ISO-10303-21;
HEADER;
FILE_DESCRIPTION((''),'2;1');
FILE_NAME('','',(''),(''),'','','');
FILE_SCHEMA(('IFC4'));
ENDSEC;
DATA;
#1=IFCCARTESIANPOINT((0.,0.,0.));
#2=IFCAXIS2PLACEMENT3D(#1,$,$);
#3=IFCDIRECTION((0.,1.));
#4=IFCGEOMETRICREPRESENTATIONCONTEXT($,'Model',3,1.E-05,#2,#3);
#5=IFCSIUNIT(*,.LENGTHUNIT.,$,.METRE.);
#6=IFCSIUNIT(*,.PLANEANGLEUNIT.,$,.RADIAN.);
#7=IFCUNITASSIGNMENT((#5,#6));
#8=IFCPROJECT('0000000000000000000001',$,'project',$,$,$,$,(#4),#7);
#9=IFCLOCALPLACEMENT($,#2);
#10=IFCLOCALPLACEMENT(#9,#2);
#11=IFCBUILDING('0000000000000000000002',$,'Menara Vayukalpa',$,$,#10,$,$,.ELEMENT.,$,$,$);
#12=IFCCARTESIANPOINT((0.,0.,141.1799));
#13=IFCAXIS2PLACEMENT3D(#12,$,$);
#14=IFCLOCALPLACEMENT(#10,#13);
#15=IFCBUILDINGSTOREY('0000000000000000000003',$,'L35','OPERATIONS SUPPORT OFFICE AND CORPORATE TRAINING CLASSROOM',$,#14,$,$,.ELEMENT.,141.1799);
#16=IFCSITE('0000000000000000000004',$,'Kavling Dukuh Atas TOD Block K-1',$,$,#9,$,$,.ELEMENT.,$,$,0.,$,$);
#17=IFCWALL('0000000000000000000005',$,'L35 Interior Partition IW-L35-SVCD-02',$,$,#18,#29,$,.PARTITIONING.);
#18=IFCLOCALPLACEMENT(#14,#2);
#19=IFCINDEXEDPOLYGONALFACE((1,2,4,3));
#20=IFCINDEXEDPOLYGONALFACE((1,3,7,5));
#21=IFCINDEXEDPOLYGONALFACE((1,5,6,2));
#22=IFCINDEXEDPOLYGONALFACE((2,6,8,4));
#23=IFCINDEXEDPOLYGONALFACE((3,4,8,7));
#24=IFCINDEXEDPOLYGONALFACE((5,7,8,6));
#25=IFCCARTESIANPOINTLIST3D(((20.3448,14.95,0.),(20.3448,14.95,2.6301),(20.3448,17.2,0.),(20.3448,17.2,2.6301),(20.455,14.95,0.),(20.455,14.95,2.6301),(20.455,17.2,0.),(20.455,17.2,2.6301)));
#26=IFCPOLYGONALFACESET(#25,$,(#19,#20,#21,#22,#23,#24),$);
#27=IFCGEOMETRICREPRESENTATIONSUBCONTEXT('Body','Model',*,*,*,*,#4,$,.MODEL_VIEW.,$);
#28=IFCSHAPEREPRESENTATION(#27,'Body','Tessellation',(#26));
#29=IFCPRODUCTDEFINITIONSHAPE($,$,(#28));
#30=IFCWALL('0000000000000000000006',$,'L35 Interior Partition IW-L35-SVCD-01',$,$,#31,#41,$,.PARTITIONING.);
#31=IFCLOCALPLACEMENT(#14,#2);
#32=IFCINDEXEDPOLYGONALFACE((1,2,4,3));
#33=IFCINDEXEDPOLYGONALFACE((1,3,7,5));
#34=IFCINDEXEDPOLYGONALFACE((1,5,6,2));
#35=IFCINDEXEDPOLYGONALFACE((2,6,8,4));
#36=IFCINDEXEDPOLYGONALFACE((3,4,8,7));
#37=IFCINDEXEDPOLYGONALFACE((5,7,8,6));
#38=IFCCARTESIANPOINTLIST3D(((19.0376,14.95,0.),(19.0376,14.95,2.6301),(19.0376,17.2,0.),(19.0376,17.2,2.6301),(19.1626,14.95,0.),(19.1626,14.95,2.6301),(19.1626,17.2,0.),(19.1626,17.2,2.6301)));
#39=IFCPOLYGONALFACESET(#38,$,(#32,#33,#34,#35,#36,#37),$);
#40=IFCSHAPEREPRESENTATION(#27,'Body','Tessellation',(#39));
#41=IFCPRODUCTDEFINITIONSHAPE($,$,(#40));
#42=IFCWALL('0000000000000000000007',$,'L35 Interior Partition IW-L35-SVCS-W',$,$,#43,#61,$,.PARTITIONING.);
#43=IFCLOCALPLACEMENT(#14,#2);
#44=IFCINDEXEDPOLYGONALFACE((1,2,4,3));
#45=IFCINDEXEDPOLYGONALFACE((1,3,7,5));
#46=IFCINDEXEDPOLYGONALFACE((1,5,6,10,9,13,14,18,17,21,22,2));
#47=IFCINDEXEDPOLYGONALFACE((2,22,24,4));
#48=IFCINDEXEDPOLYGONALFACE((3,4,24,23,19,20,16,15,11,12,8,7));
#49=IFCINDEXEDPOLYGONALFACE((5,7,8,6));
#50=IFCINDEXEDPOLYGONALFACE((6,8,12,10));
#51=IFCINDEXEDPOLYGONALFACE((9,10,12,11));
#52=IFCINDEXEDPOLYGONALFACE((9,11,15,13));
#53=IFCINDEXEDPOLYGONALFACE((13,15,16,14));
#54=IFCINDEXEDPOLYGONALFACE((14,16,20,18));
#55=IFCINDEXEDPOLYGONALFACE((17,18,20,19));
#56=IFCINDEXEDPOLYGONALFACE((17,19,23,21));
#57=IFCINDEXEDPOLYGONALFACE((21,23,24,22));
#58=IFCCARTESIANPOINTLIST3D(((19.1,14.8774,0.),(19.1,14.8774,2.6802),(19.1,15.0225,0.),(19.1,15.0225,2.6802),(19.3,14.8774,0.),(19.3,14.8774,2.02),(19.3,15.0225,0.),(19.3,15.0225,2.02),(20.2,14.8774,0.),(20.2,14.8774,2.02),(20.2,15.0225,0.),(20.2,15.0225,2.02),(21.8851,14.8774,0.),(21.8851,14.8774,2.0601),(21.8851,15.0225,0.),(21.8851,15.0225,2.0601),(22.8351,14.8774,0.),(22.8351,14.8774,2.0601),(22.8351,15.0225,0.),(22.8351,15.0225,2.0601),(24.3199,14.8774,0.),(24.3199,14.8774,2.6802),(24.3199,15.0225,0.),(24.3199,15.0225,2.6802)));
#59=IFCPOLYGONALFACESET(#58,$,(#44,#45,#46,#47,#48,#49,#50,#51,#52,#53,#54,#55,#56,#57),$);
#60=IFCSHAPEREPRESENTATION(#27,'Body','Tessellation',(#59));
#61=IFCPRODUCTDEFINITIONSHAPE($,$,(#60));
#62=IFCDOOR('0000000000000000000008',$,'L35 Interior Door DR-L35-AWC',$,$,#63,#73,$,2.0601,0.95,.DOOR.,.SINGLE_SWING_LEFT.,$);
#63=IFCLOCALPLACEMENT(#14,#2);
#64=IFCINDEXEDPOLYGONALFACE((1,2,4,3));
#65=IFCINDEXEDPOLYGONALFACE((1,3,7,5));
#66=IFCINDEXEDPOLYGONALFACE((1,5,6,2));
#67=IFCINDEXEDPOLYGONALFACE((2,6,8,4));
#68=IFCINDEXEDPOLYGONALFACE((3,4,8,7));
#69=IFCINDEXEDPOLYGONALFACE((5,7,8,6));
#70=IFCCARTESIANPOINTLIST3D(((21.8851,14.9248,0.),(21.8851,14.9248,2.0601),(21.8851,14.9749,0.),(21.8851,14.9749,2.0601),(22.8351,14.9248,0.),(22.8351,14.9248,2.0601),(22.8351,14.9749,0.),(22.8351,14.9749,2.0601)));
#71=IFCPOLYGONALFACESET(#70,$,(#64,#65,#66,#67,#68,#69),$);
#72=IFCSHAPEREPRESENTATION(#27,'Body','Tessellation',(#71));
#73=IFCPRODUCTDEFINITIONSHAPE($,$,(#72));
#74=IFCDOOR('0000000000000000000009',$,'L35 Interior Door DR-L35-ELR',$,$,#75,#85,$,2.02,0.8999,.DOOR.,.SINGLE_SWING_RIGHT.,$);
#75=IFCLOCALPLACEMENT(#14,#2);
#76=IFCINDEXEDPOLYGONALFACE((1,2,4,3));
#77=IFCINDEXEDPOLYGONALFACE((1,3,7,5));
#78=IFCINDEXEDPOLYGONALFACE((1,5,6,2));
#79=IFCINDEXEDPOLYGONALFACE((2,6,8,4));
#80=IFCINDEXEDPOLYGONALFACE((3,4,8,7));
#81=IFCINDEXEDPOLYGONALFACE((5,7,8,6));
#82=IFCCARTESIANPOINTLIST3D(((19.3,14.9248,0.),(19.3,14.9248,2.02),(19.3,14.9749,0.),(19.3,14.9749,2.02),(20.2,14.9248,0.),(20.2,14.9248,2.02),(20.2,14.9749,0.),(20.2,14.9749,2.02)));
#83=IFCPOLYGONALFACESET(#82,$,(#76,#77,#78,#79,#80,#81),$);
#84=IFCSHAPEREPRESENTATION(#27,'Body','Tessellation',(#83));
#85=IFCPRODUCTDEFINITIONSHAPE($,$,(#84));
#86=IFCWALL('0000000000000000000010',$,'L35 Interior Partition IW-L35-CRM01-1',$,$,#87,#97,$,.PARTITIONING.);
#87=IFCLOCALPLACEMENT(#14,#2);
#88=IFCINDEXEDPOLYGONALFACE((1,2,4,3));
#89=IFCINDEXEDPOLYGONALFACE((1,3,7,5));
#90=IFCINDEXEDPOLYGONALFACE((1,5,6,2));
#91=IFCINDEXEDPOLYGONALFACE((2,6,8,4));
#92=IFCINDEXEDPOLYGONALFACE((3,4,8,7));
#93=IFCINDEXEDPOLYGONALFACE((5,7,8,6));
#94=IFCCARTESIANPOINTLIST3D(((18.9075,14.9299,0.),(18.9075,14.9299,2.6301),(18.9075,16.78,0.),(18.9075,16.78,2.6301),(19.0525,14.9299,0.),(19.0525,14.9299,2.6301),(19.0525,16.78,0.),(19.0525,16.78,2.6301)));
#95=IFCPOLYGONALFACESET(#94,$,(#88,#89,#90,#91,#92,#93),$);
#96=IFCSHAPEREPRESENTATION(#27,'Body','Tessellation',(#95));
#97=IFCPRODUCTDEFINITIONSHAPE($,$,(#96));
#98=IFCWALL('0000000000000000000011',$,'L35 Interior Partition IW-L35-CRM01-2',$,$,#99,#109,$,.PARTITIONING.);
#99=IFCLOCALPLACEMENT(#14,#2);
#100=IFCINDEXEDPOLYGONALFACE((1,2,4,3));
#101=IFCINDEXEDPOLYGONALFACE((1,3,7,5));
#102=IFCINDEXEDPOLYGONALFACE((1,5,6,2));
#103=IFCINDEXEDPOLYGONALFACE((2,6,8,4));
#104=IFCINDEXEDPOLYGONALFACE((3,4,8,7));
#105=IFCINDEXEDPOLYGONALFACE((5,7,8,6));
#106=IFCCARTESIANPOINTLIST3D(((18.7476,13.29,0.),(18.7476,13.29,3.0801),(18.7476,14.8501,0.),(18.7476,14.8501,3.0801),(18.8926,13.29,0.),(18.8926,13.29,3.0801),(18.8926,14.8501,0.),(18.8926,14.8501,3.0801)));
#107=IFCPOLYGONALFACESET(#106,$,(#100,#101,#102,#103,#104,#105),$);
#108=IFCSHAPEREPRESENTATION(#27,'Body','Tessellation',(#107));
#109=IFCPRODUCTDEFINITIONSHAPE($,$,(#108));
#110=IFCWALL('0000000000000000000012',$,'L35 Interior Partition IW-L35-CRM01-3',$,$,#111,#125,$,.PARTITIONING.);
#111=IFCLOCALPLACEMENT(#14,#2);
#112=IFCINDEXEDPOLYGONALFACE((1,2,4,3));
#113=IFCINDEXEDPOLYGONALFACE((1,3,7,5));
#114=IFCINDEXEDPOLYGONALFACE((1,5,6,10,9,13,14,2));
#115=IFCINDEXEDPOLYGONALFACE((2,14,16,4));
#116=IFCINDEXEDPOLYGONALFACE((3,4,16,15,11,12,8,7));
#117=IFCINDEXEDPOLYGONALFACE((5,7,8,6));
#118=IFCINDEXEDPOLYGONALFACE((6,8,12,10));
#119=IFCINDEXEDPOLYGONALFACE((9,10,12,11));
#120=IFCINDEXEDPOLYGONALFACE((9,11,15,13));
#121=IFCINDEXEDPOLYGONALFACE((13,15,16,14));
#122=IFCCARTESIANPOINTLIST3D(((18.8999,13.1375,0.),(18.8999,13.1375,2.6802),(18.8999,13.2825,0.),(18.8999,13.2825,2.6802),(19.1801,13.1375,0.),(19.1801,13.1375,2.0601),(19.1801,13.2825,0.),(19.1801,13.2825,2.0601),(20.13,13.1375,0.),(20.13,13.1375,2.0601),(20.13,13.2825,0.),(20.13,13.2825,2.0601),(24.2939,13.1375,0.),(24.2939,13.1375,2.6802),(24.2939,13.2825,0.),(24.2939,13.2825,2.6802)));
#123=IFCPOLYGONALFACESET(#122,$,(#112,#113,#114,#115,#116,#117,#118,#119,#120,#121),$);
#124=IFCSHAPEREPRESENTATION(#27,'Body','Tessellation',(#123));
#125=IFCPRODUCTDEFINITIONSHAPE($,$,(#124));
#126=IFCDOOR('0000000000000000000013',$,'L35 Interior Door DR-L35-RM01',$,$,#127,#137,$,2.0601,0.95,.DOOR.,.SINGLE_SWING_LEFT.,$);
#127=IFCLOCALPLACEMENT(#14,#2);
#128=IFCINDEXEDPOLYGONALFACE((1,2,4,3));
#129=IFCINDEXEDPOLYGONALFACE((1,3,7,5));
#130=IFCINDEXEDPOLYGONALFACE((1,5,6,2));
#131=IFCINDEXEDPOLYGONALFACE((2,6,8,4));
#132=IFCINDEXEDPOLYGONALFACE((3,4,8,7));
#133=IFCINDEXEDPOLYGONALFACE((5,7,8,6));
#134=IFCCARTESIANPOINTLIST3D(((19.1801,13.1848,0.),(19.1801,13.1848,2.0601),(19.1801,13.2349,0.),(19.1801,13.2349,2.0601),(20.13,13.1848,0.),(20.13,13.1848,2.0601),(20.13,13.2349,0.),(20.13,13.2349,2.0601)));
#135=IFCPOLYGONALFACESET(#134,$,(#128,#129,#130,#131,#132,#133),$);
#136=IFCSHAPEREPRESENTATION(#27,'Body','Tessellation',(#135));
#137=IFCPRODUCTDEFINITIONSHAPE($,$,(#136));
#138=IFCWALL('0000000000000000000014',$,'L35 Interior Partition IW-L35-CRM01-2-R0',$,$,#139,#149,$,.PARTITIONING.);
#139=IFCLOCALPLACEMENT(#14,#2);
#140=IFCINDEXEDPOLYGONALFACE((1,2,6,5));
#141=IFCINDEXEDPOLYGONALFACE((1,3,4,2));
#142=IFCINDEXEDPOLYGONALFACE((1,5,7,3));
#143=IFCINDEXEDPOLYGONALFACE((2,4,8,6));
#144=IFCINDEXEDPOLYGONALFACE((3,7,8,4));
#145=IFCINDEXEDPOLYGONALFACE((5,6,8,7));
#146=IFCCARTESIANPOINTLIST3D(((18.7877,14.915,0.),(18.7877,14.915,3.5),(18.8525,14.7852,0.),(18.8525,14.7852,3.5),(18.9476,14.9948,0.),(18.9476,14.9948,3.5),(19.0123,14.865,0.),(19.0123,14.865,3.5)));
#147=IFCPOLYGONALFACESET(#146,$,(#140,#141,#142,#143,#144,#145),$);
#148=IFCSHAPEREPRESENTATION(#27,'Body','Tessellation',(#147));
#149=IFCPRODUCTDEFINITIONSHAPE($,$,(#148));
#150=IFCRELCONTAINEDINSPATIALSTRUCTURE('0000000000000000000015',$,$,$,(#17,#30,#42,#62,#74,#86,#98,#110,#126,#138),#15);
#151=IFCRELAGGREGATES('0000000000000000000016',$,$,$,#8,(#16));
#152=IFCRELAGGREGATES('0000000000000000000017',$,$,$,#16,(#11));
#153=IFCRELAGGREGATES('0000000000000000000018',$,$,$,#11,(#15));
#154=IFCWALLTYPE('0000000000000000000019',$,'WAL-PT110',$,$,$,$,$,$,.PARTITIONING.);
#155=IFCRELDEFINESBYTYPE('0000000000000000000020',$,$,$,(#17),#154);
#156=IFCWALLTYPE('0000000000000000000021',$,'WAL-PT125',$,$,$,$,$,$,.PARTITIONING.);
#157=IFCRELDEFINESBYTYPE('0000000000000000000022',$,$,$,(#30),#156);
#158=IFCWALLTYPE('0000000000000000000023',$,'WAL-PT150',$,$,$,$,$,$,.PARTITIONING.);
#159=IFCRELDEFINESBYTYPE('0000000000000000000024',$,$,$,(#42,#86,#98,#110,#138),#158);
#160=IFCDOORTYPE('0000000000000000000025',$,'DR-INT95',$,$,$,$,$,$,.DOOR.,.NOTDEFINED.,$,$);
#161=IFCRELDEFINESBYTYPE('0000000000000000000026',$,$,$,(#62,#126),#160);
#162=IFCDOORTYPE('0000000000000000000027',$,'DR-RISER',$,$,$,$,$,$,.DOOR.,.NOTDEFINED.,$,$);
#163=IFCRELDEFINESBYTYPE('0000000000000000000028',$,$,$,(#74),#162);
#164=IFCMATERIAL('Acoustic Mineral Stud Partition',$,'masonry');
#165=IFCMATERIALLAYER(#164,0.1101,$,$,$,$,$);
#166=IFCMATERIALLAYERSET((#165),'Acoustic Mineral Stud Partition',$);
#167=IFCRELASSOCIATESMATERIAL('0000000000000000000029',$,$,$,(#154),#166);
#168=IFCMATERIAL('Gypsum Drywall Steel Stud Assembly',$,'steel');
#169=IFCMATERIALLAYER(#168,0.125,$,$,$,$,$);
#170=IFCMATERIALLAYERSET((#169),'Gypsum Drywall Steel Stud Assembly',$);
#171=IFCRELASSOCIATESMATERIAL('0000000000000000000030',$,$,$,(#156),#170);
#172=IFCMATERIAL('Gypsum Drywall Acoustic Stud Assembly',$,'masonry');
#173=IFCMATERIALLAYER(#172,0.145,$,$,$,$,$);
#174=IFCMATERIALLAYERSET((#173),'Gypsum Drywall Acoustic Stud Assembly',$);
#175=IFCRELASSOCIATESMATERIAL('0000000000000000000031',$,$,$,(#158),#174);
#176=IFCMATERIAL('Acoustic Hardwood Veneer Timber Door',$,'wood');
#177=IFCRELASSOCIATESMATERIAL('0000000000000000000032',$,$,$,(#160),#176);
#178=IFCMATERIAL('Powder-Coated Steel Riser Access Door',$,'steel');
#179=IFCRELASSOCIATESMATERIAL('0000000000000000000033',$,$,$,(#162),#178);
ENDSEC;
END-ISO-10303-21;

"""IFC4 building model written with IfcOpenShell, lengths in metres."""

from ifc_helpers import new_model, si_unit, direction, frame, frame_2d, origin, place, context, subcontext, project, spatial, rectangle, extrude, material, layer, layer_set, type_object, element, fill, save


model = new_model("IFC4")

# Units and contexts
model_context = context("Model", 3, precision=1e-05, world=origin(), true_north=direction((0.0, 1.0)))
body_context = subcontext(model_context, "Body", "Model", "MODEL_VIEW")
ifc_project = project(units=[si_unit("LENGTHUNIT", "METRE"), si_unit("PLANEANGLEUNIT", "RADIAN")], contexts=[model_context])

# Site, building, storey
site_placement = place(None, origin())
site = spatial("IfcSite", under=ifc_project, at=site_placement, Name="Kavling Dukuh Atas TOD Block K-1", CompositionType="ELEMENT", RefElevation=0.0)
building_placement = place(site_placement, origin())
building = spatial("IfcBuilding", under=site, at=building_placement, Name="Menara Vayukalpa", CompositionType="ELEMENT")
storey_placement = place(building_placement, frame((0.0, 0.0, 141.1799)))
storey = spatial("IfcBuildingStorey", under=building, at=storey_placement, Name="L35", Description="OPERATIONS SUPPORT OFFICE AND CORPORATE TRAINING CLASSROOM", CompositionType="ELEMENT", Elevation=141.1799)

# Walls
ifc_material_1 = material(Name="Acoustic Mineral Stud Partition", Category="masonry")
ifc_layer_1 = layer(ifc_material_1, 0.1101)
ifc_layer_set_1 = layer_set([ifc_layer_1], Name="Acoustic Mineral Stud Partition")
wall_type_1 = type_object("IfcWallType", Name="WAL-PT110", PredefinedType="PARTITIONING", material=ifc_layer_set_1)
wall_1_placement = place(storey_placement, frame((20.3999, 14.95, 0.0), z_axis=(0.0, 0.0, 1.0), x_axis=(0.0, 1.0, 0.0)))
element("IfcWall", 1, at=wall_1_placement, inside=storey, type_object=wall_type_1, Name="L35 Interior Partition IW-L35-SVCD-02", PredefinedType="PARTITIONING", context=body_context, shape_type="SweptSolid", body=[
    extrude(rectangle(XDim=2.25, YDim=0.1101, at=frame_2d((1.125, 0.0))), origin(), (0.0, 0.0, 1.0), 2.6301),
])
ifc_material_2 = material(Name="Gypsum Drywall Steel Stud Assembly", Category="steel")
ifc_layer_2 = layer(ifc_material_2, 0.125)
ifc_layer_set_2 = layer_set([ifc_layer_2], Name="Gypsum Drywall Steel Stud Assembly")
wall_type_2 = type_object("IfcWallType", Name="WAL-PT125", PredefinedType="PARTITIONING", material=ifc_layer_set_2)
wall_2_placement = place(storey_placement, frame((19.1001, 14.95, 0.0), z_axis=(0.0, 0.0, 1.0), x_axis=(0.0, 1.0, 0.0)))
element("IfcWall", 2, at=wall_2_placement, inside=storey, type_object=wall_type_2, Name="L35 Interior Partition IW-L35-SVCD-01", PredefinedType="PARTITIONING", context=body_context, shape_type="SweptSolid", body=[
    extrude(rectangle(XDim=2.25, YDim=0.125, at=frame_2d((1.125, 0.0))), origin(), (0.0, 0.0, 1.0), 2.6301),
])

# Wall, openings, doors
ifc_material_3 = material(Name="Gypsum Drywall Acoustic Stud Assembly", Category="masonry")
ifc_layer_3 = layer(ifc_material_3, 0.145)
ifc_layer_set_3 = layer_set([ifc_layer_3], Name="Gypsum Drywall Acoustic Stud Assembly")
wall_type_3 = type_object("IfcWallType", Name="WAL-PT150", PredefinedType="PARTITIONING", material=ifc_layer_set_3)
wall_3_placement = place(storey_placement, frame((19.1001, 14.95, 0.0), z_axis=(0.0, 0.0, 1.0), x_axis=(1.0, 0.0, 0.0)))
wall_3 = element("IfcWall", 3, at=wall_3_placement, inside=storey, type_object=wall_type_3, Name="L35 Interior Partition IW-L35-SVCS-W", PredefinedType="PARTITIONING", context=body_context, shape_type="SweptSolid", body=[
    extrude(rectangle(XDim=5.22, YDim=0.145, at=frame_2d((2.6099, 0.0))), origin(), (0.0, 0.0, 1.0), 2.6802),
])
opening_1_placement = place(wall_3_placement, frame((0.2, 0.0, 0.0)))
opening_1 = element("IfcOpeningElement", 4, at=opening_1_placement, cuts=wall_3, PredefinedType="OPENING", context=body_context, shape_type="SweptSolid", body=[
    extrude(rectangle(XDim=0.8999, YDim=2.02, at=frame_2d((0.45, 1.01))), frame((0.0, 0.0825, 0.0), z_axis=(0.0, -1.0, 0.0), x_axis=(1.0, 0.0, 0.0)), (0.0, 0.0, 1.0), 0.165),
])
opening_2_placement = place(wall_3_placement, frame((2.7849, 0.0, 0.0)))
opening_2 = element("IfcOpeningElement", 5, at=opening_2_placement, cuts=wall_3, PredefinedType="OPENING", context=body_context, shape_type="SweptSolid", body=[
    extrude(rectangle(XDim=0.95, YDim=2.0601, at=frame_2d((0.4751, 1.03))), frame((0.0, 0.0825, 0.0), z_axis=(0.0, -1.0, 0.0), x_axis=(1.0, 0.0, 0.0)), (0.0, 0.0, 1.0), 0.165),
])
ifc_material_4 = material(Name="Acoustic Hardwood Veneer Timber Door", Category="wood")
door_type_1 = type_object("IfcDoorType", Name="DR-INT95", OperationType="NOTDEFINED", PredefinedType="DOOR", material=ifc_material_4)
door_1_placement = place(opening_2_placement, origin())
door_1 = element("IfcDoor", 6, at=door_1_placement, inside=storey, type_object=door_type_1, Name="L35 Interior Door DR-L35-AWC", OperationType="SINGLE_SWING_LEFT", OverallHeight=2.0601, OverallWidth=0.95, PredefinedType="DOOR", context=body_context, shape_type="SweptSolid", body=[
    extrude(rectangle(XDim=0.95, YDim=2.0601, at=frame_2d((0.4751, 1.03))), frame((0.0, 0.0249, 0.0), z_axis=(0.0, -1.0, 0.0), x_axis=(1.0, 0.0, 0.0)), (0.0, 0.0, 1.0), 0.05),
])
fill(opening_2, door_1)
ifc_material_5 = material(Name="Powder-Coated Steel Riser Access Door", Category="steel")
door_type_2 = type_object("IfcDoorType", Name="DR-RISER", OperationType="NOTDEFINED", PredefinedType="DOOR", material=ifc_material_5)
door_2_placement = place(opening_1_placement, origin())
door_2 = element("IfcDoor", 7, at=door_2_placement, inside=storey, type_object=door_type_2, Name="L35 Interior Door DR-L35-ELR", OperationType="SINGLE_SWING_RIGHT", OverallHeight=2.02, OverallWidth=0.8999, PredefinedType="DOOR", context=body_context, shape_type="SweptSolid", body=[
    extrude(rectangle(XDim=0.8999, YDim=2.02, at=frame_2d((0.45, 1.01))), frame((0.0, 0.0249, 0.0), z_axis=(0.0, -1.0, 0.0), x_axis=(1.0, 0.0, 0.0)), (0.0, 0.0, 1.0), 0.05),
])
fill(opening_1, door_2)

# Walls
wall_4_placement = place(storey_placement, frame((18.98, 16.78, 0.0), z_axis=(0.0, 0.0, 1.0), x_axis=(0.0, -1.0, 0.0)))
element("IfcWall", 8, at=wall_4_placement, inside=storey, type_object=wall_type_3, Name="L35 Interior Partition IW-L35-CRM01-1", PredefinedType="PARTITIONING", context=body_context, shape_type="SweptSolid", body=[
    extrude(rectangle(XDim=1.8501, YDim=0.145, at=frame_2d((0.925, 0.0))), origin(), (0.0, 0.0, 1.0), 2.6301),
])
wall_5_placement = place(storey_placement, frame((18.8201, 14.8501, 0.0), z_axis=(0.0, 0.0, 1.0), x_axis=(0.0, -1.0, 0.0)))
element("IfcWall", 9, at=wall_5_placement, inside=storey, type_object=wall_type_3, Name="L35 Interior Partition IW-L35-CRM01-2", PredefinedType="PARTITIONING", context=body_context, shape_type="SweptSolid", body=[
    extrude(rectangle(XDim=1.5601, YDim=0.145, at=frame_2d((0.78, 0.0))), origin(), (0.0, 0.0, 1.0), 3.0801),
])

# Wall, opening, door
wall_6_placement = place(storey_placement, frame((18.8999, 13.21, 0.0), z_axis=(0.0, 0.0, 1.0), x_axis=(1.0, 0.0, 0.0)))
wall_6 = element("IfcWall", 10, at=wall_6_placement, inside=storey, type_object=wall_type_3, Name="L35 Interior Partition IW-L35-CRM01-3", PredefinedType="PARTITIONING", context=body_context, shape_type="SweptSolid", body=[
    extrude(rectangle(XDim=5.394, YDim=0.145, at=frame_2d((2.697, 0.0))), origin(), (0.0, 0.0, 1.0), 2.6802),
])
opening_3_placement = place(wall_6_placement, frame((0.28, 0.0, 0.0)))
opening_3 = element("IfcOpeningElement", 11, at=opening_3_placement, cuts=wall_6, PredefinedType="OPENING", context=body_context, shape_type="SweptSolid", body=[
    extrude(rectangle(XDim=0.95, YDim=2.0601, at=frame_2d((0.4751, 1.03))), frame((0.0, 0.0825, 0.0), z_axis=(0.0, -1.0, 0.0), x_axis=(1.0, 0.0, 0.0)), (0.0, 0.0, 1.0), 0.165),
])
door_3_placement = place(opening_3_placement, origin())
door_3 = element("IfcDoor", 12, at=door_3_placement, inside=storey, type_object=door_type_1, Name="L35 Interior Door DR-L35-RM01", OperationType="SINGLE_SWING_LEFT", OverallHeight=2.0601, OverallWidth=0.95, PredefinedType="DOOR", context=body_context, shape_type="SweptSolid", body=[
    extrude(rectangle(XDim=0.95, YDim=2.0601, at=frame_2d((0.4751, 1.03))), frame((0.0, 0.0249, 0.0), z_axis=(0.0, -1.0, 0.0), x_axis=(1.0, 0.0, 0.0)), (0.0, 0.0, 1.0), 0.05),
])
fill(opening_3, door_3)

# Wall
wall_7_placement = place(storey_placement, frame((18.8201, 14.8501, 0.0), z_axis=(0.0, 0.0, 1.0), x_axis=(0.8947, 0.446667, 0.0)))
element("IfcWall", 13, at=wall_7_placement, inside=storey, type_object=wall_type_3, Name="L35 Interior Partition IW-L35-CRM01-2-R0", PredefinedType="PARTITIONING", context=body_context, shape_type="SweptSolid", body=[
    extrude(rectangle(XDim=0.1787, YDim=0.145, at=frame_2d((0.0894, 0.0))), origin(), (0.0, 0.0, 1.0), 3.5),
])

save(model, "model.ifc")
